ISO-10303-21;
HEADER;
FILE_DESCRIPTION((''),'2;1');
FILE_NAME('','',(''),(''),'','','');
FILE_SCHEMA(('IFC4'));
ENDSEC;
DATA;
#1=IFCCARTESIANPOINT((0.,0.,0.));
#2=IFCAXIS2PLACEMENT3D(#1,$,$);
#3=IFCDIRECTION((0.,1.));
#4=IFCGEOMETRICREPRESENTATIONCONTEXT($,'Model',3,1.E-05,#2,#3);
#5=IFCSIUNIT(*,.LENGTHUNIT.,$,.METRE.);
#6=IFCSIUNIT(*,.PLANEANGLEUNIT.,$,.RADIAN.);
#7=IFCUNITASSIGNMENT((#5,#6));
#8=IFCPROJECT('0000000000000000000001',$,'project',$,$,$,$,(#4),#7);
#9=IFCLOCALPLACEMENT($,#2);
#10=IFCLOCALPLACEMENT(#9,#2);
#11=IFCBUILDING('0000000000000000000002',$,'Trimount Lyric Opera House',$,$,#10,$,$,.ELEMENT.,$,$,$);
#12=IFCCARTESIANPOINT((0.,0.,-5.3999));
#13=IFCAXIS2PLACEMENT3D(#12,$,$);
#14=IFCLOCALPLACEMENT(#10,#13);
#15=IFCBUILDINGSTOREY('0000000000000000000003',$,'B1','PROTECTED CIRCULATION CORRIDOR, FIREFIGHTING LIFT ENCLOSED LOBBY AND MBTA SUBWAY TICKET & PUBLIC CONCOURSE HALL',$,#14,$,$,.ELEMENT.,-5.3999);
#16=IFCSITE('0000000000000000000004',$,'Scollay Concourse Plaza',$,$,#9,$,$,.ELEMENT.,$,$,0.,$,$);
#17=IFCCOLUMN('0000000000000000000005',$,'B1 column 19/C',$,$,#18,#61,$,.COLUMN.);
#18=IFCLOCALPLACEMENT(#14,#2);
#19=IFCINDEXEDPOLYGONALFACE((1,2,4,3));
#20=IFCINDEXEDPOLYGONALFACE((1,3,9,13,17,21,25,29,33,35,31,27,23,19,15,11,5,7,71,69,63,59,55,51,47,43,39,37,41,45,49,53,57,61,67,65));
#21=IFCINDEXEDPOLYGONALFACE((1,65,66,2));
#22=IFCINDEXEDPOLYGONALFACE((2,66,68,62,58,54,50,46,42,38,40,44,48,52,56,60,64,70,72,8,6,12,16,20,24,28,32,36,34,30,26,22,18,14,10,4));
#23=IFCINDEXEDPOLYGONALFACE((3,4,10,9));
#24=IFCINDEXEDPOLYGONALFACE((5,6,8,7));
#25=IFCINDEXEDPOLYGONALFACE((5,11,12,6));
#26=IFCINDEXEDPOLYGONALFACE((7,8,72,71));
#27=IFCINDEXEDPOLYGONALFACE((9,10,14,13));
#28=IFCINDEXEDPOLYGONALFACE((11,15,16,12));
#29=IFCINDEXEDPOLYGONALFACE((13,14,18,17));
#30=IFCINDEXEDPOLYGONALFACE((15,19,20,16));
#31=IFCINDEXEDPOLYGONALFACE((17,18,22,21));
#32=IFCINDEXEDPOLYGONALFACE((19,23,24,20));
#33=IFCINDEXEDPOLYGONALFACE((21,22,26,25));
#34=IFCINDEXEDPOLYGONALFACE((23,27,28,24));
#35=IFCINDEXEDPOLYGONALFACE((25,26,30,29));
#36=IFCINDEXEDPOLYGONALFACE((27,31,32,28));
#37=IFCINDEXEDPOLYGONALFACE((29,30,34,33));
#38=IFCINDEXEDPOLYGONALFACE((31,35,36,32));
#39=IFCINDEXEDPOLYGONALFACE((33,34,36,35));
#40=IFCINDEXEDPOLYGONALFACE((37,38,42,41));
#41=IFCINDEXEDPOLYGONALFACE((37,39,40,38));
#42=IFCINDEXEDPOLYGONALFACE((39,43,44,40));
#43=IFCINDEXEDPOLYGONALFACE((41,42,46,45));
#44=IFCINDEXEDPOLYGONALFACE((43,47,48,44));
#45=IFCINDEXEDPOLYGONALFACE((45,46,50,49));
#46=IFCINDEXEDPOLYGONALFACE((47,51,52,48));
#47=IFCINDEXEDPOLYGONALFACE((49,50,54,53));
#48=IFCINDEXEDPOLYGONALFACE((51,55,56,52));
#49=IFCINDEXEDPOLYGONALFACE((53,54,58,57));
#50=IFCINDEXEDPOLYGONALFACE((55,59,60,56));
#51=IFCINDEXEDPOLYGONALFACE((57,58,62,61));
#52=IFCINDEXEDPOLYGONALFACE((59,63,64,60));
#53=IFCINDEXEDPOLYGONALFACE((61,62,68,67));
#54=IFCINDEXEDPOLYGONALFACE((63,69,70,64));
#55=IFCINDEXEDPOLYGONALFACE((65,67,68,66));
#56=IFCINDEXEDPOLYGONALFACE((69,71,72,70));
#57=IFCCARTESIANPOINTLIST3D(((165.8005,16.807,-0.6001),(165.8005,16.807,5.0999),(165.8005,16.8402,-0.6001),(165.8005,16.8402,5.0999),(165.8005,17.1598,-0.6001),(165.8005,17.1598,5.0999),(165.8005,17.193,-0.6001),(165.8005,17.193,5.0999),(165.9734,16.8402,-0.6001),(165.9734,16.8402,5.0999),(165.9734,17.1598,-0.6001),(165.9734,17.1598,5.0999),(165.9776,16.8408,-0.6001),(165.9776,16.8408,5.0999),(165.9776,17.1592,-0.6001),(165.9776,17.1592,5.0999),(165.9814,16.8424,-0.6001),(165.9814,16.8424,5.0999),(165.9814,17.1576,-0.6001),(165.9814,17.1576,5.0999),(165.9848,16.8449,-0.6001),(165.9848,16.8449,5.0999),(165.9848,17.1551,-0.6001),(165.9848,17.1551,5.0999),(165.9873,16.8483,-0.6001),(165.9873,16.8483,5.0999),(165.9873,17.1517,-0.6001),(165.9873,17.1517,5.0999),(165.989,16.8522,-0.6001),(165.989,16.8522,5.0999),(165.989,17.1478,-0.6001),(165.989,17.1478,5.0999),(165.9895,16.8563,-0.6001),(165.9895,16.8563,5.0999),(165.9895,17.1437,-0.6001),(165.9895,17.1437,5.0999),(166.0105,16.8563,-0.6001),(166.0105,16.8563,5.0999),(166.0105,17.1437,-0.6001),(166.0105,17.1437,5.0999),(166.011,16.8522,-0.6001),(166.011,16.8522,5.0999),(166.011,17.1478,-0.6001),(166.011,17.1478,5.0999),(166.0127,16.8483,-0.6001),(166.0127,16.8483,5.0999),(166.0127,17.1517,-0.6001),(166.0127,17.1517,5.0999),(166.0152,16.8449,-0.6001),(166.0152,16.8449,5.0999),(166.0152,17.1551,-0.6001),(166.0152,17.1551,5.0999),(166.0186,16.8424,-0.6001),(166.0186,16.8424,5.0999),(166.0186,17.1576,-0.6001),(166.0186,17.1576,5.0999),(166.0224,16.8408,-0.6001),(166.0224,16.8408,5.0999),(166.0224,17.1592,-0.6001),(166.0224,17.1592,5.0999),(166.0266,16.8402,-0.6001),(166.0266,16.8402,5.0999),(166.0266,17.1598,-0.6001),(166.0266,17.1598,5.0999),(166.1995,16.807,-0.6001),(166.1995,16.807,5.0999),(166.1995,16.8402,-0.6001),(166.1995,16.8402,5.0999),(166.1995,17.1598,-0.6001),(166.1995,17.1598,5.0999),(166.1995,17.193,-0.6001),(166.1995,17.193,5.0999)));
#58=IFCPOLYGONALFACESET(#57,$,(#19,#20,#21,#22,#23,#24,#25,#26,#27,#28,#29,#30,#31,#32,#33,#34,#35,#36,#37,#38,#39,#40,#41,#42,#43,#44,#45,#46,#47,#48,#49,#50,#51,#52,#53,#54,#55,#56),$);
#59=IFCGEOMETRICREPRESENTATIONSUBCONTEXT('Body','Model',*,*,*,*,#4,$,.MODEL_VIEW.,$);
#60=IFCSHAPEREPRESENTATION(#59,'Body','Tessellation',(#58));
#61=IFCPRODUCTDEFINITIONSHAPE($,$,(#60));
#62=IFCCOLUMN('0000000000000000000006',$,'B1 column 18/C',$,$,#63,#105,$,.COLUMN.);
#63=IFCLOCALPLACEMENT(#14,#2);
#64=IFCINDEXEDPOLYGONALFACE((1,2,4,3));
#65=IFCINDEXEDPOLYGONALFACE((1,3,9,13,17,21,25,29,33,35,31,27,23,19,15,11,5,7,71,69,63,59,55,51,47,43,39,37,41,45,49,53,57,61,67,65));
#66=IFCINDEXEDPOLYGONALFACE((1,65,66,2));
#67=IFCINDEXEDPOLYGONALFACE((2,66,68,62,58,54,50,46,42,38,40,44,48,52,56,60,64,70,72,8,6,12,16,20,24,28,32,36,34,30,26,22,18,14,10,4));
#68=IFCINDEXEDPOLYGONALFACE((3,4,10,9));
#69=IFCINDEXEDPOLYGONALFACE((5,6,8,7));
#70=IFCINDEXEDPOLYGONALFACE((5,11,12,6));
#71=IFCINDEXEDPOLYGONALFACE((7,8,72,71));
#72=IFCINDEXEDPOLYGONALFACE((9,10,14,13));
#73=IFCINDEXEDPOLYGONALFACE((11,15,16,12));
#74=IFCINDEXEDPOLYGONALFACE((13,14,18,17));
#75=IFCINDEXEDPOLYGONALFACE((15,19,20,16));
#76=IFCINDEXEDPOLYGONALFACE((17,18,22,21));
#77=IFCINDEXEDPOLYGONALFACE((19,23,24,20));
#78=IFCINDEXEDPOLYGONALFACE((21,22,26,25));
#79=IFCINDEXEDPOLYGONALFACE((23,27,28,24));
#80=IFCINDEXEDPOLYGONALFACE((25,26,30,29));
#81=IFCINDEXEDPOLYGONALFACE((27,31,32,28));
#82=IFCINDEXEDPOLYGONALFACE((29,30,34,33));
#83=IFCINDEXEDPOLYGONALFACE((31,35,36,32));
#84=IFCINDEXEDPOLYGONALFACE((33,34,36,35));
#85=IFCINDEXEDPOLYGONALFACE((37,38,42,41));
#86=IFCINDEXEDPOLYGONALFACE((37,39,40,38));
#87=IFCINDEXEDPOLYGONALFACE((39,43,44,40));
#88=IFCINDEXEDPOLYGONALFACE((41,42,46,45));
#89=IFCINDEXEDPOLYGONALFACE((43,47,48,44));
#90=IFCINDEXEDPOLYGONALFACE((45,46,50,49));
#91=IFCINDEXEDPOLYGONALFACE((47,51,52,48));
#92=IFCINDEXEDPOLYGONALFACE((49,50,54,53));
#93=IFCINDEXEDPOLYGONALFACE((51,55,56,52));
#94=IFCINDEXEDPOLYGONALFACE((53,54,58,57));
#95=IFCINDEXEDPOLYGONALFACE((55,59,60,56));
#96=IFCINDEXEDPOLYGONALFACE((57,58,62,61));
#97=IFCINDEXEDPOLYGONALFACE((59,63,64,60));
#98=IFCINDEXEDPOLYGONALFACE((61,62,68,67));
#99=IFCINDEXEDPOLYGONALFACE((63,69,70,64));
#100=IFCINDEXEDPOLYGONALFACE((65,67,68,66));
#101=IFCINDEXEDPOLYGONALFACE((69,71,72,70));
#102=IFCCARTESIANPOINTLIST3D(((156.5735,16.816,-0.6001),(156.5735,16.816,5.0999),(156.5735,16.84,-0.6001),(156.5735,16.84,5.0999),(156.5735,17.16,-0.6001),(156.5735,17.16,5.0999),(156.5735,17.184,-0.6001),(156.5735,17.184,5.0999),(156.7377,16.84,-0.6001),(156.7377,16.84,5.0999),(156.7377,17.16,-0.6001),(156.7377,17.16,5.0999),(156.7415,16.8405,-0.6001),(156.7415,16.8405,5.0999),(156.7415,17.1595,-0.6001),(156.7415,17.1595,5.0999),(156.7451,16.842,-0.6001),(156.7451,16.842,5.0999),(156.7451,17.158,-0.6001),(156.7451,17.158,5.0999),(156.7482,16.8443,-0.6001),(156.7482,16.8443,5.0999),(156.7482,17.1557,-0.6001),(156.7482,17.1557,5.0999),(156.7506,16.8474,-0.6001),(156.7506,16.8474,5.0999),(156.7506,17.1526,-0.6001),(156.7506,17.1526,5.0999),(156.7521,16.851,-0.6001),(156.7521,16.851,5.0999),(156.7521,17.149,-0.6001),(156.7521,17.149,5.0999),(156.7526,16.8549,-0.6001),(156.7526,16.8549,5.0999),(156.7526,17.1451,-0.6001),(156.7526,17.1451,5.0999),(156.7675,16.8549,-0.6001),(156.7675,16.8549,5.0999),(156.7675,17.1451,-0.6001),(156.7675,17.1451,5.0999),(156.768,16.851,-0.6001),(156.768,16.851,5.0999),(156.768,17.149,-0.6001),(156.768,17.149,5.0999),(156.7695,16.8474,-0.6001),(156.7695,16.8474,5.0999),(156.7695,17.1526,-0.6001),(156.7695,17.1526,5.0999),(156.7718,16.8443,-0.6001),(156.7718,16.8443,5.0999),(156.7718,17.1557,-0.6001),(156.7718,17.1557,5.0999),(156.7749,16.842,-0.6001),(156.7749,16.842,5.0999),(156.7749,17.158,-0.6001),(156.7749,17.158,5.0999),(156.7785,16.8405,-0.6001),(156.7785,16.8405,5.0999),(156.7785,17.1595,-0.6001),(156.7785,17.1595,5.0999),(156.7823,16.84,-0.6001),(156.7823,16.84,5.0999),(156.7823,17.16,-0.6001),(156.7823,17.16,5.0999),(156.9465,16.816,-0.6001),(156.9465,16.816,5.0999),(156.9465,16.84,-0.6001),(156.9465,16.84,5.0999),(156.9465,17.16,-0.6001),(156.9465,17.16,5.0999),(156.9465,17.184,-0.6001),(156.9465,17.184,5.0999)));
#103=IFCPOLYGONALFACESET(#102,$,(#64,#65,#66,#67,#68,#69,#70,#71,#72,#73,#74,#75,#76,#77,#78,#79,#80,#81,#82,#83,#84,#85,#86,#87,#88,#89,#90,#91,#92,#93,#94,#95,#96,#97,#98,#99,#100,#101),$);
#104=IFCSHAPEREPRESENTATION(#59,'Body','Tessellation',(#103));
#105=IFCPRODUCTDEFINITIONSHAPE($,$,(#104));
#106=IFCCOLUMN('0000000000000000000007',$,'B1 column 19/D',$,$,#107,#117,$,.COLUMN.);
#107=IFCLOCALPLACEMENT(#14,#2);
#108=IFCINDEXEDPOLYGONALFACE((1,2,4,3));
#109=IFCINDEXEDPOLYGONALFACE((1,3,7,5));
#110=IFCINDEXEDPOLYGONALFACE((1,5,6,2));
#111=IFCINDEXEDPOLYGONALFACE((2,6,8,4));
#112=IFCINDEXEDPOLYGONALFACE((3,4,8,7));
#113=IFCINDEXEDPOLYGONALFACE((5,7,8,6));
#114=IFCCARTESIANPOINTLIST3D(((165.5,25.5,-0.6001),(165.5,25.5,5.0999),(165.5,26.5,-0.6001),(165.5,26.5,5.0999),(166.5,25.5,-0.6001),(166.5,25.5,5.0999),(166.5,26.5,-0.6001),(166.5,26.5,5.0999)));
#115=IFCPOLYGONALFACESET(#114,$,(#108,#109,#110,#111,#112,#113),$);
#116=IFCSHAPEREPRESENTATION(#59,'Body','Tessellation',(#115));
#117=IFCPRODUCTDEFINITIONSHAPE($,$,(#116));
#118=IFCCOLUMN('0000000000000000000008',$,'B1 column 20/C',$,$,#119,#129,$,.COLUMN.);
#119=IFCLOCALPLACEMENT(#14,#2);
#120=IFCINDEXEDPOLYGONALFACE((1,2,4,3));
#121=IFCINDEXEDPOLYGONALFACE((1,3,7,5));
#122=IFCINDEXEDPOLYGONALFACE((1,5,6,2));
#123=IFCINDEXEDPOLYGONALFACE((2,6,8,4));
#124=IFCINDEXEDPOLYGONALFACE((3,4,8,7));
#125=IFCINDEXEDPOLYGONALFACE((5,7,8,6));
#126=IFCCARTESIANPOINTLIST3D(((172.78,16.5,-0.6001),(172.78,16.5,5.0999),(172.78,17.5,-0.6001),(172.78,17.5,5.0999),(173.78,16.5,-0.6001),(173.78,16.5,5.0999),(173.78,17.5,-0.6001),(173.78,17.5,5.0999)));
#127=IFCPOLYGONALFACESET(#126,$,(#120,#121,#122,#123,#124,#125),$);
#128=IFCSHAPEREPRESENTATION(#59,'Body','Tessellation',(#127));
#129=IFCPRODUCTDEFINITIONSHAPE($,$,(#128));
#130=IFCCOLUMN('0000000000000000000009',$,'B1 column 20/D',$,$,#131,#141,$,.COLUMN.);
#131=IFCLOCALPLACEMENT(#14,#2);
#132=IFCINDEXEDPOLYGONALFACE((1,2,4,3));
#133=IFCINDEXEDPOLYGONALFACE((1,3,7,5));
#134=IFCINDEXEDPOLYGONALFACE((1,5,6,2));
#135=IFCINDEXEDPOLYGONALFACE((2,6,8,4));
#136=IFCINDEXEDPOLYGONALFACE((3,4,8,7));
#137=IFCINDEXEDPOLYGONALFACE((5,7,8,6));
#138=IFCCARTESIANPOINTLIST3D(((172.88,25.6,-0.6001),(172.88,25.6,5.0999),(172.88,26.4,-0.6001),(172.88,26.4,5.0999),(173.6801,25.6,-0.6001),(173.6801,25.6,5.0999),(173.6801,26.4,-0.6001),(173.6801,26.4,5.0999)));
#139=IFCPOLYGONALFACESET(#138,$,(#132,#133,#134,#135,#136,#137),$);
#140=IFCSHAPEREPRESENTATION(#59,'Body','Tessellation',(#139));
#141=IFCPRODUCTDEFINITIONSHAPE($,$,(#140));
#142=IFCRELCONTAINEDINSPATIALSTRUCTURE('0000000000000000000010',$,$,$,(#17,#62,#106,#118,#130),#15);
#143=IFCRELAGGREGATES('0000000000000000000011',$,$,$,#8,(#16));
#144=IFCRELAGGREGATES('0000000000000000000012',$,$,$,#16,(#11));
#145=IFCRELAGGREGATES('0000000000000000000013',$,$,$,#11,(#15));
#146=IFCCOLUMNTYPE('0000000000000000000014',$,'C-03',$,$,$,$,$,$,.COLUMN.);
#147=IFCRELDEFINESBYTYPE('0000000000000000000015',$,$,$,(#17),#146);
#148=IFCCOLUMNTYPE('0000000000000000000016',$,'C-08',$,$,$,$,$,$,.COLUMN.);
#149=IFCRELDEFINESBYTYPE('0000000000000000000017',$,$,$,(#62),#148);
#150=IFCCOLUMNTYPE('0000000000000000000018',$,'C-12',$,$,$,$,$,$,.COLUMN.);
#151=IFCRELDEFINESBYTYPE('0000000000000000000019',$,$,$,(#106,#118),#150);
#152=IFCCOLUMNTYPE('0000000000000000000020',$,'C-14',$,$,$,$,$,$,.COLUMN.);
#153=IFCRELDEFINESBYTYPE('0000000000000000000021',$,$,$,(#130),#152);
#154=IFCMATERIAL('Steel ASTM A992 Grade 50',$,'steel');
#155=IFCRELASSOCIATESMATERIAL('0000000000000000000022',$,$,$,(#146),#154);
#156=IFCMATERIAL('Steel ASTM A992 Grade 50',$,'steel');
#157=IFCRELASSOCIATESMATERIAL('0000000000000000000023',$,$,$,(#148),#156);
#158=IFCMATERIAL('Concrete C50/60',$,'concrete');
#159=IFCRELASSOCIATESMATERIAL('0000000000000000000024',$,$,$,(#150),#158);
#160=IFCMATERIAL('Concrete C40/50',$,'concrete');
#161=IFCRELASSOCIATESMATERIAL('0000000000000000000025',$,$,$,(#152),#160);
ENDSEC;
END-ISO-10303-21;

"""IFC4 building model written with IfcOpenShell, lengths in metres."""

from ifc_helpers import new_model, si_unit, direction, frame, origin, origin_2d, place, context, subcontext, project, spatial, rectangle, i_section, extrude, material, material_profile, profile_set, type_object, element, save


model = new_model("IFC4")

# Units and contexts
model_context = context("Model", 3, precision=1e-05, world=origin(), true_north=direction((0.0, 1.0)))
body_context = subcontext(model_context, "Body", "Model", "MODEL_VIEW")
ifc_project = project(units=[si_unit("LENGTHUNIT", "METRE"), si_unit("PLANEANGLEUNIT", "RADIAN")], contexts=[model_context])

# Site, building, storey
site_placement = place(None, origin())
site = spatial("IfcSite", under=ifc_project, at=site_placement, Name="Scollay Concourse Plaza", CompositionType="ELEMENT", RefElevation=0.0)
building_placement = place(site_placement, origin())
building = spatial("IfcBuilding", under=site, at=building_placement, Name="Trimount Lyric Opera House", CompositionType="ELEMENT")
storey_placement = place(building_placement, frame((0.0, 0.0, -5.3999)))
storey = spatial("IfcBuildingStorey", under=building, at=storey_placement, Name="B1", Description="PROTECTED CIRCULATION CORRIDOR, FIREFIGHTING LIFT ENCLOSED LOBBY AND MBTA SUBWAY TICKET & PUBLIC CONCOURSE HALL", CompositionType="ELEMENT", Elevation=-5.3999)

# Columns
ifc_material_1 = material(Name="Steel ASTM A992 Grade 50", Category="steel")
ifc_material_profile_1 = material_profile(ifc_material_1, i_section(OverallWidth=0.3989, OverallDepth=0.386, WebThickness=0.021, FlangeThickness=0.0332, FilletRadius=0.0161, at=origin_2d()), Name="W14X176")
ifc_profile_set_1 = profile_set([ifc_material_profile_1], Name="Steel ASTM A992 Grade 50")
column_type_1 = type_object("IfcColumnType", Name="C-03", PredefinedType="COLUMN", material=ifc_profile_set_1)
for number, where, z_axis, x_axis, name in (
    (1, (166.0, 17.0, -0.6001), (0.0, 0.0, 1.0), (1.0, 0.0, 0.0), "B1 column 19/C"),
):
    element("IfcColumn", number, at=place(storey_placement, frame(where, z_axis=z_axis, x_axis=x_axis)), inside=storey, type_object=column_type_1, Name=name, PredefinedType="COLUMN", context=body_context, shape_type="SweptSolid", body=[
        extrude(i_section(OverallWidth=0.3989, OverallDepth=0.386, WebThickness=0.021, FlangeThickness=0.0332, FilletRadius=0.0161, at=origin_2d()), origin(), (0.0, 0.0, 1.0), 5.7),
    ])
ifc_material_2 = material(Name="Steel ASTM A992 Grade 50", Category="steel")
ifc_material_profile_2 = material_profile(ifc_material_2, i_section(OverallWidth=0.373, OverallDepth=0.3679, WebThickness=0.0149, FlangeThickness=0.0239, FilletRadius=0.0149, at=origin_2d()), Name="W14X120")
ifc_profile_set_2 = profile_set([ifc_material_profile_2], Name="Steel ASTM A992 Grade 50")
column_type_2 = type_object("IfcColumnType", Name="C-08", PredefinedType="COLUMN", material=ifc_profile_set_2)
column_1_placement = place(storey_placement, frame((156.76, 17.0, -0.6001), z_axis=(0.0, 0.0, 1.0), x_axis=(1.0, 0.0, 0.0)))
element("IfcColumn", 2, at=column_1_placement, inside=storey, type_object=column_type_2, Name="B1 column 18/C", PredefinedType="COLUMN", context=body_context, shape_type="SweptSolid", body=[
    extrude(i_section(OverallWidth=0.373, OverallDepth=0.3679, WebThickness=0.0149, FlangeThickness=0.0239, FilletRadius=0.0149, at=origin_2d()), origin(), (0.0, 0.0, 1.0), 5.7),
])
ifc_material_3 = material(Name="Concrete C50/60", Category="concrete")
ifc_material_profile_3 = material_profile(ifc_material_3, rectangle(XDim=1.0, YDim=1.0, at=origin_2d()), Name="RC1000X1000")
ifc_profile_set_3 = profile_set([ifc_material_profile_3], Name="Concrete C50/60")
column_type_3 = type_object("IfcColumnType", Name="C-12", PredefinedType="COLUMN", material=ifc_profile_set_3)
for number, where, z_axis, x_axis, name in (
    (3, (166.0, 26.0, -0.6001), (0.0, 0.0, 1.0), (1.0, 0.0, 0.0), "B1 column 19/D"),
    (4, (173.28, 17.0, -0.6001), (0.0, 0.0, 1.0), (1.0, 0.0, 0.0), "B1 column 20/C"),
):
    element("IfcColumn", number, at=place(storey_placement, frame(where, z_axis=z_axis, x_axis=x_axis)), inside=storey, type_object=column_type_3, Name=name, PredefinedType="COLUMN", context=body_context, shape_type="SweptSolid", body=[
        extrude(rectangle(XDim=1.0, YDim=1.0, at=origin_2d()), origin(), (0.0, 0.0, 1.0), 5.7),
    ])
ifc_material_4 = material(Name="Concrete C40/50", Category="concrete")
ifc_material_profile_4 = material_profile(ifc_material_4, rectangle(XDim=0.8, YDim=0.8, at=origin_2d()), Name="RC800X800")
ifc_profile_set_4 = profile_set([ifc_material_profile_4], Name="Concrete C40/50")
column_type_4 = type_object("IfcColumnType", Name="C-14", PredefinedType="COLUMN", material=ifc_profile_set_4)
column_2_placement = place(storey_placement, frame((173.28, 26.0, -0.6001), z_axis=(0.0, 0.0, 1.0), x_axis=(1.0, 0.0, 0.0)))
element("IfcColumn", 5, at=column_2_placement, inside=storey, type_object=column_type_4, Name="B1 column 20/D", PredefinedType="COLUMN", context=body_context, shape_type="SweptSolid", body=[
    extrude(rectangle(XDim=0.8, YDim=0.8, at=origin_2d()), origin(), (0.0, 0.0, 1.0), 5.7),
])

save(model, "model.ifc")
